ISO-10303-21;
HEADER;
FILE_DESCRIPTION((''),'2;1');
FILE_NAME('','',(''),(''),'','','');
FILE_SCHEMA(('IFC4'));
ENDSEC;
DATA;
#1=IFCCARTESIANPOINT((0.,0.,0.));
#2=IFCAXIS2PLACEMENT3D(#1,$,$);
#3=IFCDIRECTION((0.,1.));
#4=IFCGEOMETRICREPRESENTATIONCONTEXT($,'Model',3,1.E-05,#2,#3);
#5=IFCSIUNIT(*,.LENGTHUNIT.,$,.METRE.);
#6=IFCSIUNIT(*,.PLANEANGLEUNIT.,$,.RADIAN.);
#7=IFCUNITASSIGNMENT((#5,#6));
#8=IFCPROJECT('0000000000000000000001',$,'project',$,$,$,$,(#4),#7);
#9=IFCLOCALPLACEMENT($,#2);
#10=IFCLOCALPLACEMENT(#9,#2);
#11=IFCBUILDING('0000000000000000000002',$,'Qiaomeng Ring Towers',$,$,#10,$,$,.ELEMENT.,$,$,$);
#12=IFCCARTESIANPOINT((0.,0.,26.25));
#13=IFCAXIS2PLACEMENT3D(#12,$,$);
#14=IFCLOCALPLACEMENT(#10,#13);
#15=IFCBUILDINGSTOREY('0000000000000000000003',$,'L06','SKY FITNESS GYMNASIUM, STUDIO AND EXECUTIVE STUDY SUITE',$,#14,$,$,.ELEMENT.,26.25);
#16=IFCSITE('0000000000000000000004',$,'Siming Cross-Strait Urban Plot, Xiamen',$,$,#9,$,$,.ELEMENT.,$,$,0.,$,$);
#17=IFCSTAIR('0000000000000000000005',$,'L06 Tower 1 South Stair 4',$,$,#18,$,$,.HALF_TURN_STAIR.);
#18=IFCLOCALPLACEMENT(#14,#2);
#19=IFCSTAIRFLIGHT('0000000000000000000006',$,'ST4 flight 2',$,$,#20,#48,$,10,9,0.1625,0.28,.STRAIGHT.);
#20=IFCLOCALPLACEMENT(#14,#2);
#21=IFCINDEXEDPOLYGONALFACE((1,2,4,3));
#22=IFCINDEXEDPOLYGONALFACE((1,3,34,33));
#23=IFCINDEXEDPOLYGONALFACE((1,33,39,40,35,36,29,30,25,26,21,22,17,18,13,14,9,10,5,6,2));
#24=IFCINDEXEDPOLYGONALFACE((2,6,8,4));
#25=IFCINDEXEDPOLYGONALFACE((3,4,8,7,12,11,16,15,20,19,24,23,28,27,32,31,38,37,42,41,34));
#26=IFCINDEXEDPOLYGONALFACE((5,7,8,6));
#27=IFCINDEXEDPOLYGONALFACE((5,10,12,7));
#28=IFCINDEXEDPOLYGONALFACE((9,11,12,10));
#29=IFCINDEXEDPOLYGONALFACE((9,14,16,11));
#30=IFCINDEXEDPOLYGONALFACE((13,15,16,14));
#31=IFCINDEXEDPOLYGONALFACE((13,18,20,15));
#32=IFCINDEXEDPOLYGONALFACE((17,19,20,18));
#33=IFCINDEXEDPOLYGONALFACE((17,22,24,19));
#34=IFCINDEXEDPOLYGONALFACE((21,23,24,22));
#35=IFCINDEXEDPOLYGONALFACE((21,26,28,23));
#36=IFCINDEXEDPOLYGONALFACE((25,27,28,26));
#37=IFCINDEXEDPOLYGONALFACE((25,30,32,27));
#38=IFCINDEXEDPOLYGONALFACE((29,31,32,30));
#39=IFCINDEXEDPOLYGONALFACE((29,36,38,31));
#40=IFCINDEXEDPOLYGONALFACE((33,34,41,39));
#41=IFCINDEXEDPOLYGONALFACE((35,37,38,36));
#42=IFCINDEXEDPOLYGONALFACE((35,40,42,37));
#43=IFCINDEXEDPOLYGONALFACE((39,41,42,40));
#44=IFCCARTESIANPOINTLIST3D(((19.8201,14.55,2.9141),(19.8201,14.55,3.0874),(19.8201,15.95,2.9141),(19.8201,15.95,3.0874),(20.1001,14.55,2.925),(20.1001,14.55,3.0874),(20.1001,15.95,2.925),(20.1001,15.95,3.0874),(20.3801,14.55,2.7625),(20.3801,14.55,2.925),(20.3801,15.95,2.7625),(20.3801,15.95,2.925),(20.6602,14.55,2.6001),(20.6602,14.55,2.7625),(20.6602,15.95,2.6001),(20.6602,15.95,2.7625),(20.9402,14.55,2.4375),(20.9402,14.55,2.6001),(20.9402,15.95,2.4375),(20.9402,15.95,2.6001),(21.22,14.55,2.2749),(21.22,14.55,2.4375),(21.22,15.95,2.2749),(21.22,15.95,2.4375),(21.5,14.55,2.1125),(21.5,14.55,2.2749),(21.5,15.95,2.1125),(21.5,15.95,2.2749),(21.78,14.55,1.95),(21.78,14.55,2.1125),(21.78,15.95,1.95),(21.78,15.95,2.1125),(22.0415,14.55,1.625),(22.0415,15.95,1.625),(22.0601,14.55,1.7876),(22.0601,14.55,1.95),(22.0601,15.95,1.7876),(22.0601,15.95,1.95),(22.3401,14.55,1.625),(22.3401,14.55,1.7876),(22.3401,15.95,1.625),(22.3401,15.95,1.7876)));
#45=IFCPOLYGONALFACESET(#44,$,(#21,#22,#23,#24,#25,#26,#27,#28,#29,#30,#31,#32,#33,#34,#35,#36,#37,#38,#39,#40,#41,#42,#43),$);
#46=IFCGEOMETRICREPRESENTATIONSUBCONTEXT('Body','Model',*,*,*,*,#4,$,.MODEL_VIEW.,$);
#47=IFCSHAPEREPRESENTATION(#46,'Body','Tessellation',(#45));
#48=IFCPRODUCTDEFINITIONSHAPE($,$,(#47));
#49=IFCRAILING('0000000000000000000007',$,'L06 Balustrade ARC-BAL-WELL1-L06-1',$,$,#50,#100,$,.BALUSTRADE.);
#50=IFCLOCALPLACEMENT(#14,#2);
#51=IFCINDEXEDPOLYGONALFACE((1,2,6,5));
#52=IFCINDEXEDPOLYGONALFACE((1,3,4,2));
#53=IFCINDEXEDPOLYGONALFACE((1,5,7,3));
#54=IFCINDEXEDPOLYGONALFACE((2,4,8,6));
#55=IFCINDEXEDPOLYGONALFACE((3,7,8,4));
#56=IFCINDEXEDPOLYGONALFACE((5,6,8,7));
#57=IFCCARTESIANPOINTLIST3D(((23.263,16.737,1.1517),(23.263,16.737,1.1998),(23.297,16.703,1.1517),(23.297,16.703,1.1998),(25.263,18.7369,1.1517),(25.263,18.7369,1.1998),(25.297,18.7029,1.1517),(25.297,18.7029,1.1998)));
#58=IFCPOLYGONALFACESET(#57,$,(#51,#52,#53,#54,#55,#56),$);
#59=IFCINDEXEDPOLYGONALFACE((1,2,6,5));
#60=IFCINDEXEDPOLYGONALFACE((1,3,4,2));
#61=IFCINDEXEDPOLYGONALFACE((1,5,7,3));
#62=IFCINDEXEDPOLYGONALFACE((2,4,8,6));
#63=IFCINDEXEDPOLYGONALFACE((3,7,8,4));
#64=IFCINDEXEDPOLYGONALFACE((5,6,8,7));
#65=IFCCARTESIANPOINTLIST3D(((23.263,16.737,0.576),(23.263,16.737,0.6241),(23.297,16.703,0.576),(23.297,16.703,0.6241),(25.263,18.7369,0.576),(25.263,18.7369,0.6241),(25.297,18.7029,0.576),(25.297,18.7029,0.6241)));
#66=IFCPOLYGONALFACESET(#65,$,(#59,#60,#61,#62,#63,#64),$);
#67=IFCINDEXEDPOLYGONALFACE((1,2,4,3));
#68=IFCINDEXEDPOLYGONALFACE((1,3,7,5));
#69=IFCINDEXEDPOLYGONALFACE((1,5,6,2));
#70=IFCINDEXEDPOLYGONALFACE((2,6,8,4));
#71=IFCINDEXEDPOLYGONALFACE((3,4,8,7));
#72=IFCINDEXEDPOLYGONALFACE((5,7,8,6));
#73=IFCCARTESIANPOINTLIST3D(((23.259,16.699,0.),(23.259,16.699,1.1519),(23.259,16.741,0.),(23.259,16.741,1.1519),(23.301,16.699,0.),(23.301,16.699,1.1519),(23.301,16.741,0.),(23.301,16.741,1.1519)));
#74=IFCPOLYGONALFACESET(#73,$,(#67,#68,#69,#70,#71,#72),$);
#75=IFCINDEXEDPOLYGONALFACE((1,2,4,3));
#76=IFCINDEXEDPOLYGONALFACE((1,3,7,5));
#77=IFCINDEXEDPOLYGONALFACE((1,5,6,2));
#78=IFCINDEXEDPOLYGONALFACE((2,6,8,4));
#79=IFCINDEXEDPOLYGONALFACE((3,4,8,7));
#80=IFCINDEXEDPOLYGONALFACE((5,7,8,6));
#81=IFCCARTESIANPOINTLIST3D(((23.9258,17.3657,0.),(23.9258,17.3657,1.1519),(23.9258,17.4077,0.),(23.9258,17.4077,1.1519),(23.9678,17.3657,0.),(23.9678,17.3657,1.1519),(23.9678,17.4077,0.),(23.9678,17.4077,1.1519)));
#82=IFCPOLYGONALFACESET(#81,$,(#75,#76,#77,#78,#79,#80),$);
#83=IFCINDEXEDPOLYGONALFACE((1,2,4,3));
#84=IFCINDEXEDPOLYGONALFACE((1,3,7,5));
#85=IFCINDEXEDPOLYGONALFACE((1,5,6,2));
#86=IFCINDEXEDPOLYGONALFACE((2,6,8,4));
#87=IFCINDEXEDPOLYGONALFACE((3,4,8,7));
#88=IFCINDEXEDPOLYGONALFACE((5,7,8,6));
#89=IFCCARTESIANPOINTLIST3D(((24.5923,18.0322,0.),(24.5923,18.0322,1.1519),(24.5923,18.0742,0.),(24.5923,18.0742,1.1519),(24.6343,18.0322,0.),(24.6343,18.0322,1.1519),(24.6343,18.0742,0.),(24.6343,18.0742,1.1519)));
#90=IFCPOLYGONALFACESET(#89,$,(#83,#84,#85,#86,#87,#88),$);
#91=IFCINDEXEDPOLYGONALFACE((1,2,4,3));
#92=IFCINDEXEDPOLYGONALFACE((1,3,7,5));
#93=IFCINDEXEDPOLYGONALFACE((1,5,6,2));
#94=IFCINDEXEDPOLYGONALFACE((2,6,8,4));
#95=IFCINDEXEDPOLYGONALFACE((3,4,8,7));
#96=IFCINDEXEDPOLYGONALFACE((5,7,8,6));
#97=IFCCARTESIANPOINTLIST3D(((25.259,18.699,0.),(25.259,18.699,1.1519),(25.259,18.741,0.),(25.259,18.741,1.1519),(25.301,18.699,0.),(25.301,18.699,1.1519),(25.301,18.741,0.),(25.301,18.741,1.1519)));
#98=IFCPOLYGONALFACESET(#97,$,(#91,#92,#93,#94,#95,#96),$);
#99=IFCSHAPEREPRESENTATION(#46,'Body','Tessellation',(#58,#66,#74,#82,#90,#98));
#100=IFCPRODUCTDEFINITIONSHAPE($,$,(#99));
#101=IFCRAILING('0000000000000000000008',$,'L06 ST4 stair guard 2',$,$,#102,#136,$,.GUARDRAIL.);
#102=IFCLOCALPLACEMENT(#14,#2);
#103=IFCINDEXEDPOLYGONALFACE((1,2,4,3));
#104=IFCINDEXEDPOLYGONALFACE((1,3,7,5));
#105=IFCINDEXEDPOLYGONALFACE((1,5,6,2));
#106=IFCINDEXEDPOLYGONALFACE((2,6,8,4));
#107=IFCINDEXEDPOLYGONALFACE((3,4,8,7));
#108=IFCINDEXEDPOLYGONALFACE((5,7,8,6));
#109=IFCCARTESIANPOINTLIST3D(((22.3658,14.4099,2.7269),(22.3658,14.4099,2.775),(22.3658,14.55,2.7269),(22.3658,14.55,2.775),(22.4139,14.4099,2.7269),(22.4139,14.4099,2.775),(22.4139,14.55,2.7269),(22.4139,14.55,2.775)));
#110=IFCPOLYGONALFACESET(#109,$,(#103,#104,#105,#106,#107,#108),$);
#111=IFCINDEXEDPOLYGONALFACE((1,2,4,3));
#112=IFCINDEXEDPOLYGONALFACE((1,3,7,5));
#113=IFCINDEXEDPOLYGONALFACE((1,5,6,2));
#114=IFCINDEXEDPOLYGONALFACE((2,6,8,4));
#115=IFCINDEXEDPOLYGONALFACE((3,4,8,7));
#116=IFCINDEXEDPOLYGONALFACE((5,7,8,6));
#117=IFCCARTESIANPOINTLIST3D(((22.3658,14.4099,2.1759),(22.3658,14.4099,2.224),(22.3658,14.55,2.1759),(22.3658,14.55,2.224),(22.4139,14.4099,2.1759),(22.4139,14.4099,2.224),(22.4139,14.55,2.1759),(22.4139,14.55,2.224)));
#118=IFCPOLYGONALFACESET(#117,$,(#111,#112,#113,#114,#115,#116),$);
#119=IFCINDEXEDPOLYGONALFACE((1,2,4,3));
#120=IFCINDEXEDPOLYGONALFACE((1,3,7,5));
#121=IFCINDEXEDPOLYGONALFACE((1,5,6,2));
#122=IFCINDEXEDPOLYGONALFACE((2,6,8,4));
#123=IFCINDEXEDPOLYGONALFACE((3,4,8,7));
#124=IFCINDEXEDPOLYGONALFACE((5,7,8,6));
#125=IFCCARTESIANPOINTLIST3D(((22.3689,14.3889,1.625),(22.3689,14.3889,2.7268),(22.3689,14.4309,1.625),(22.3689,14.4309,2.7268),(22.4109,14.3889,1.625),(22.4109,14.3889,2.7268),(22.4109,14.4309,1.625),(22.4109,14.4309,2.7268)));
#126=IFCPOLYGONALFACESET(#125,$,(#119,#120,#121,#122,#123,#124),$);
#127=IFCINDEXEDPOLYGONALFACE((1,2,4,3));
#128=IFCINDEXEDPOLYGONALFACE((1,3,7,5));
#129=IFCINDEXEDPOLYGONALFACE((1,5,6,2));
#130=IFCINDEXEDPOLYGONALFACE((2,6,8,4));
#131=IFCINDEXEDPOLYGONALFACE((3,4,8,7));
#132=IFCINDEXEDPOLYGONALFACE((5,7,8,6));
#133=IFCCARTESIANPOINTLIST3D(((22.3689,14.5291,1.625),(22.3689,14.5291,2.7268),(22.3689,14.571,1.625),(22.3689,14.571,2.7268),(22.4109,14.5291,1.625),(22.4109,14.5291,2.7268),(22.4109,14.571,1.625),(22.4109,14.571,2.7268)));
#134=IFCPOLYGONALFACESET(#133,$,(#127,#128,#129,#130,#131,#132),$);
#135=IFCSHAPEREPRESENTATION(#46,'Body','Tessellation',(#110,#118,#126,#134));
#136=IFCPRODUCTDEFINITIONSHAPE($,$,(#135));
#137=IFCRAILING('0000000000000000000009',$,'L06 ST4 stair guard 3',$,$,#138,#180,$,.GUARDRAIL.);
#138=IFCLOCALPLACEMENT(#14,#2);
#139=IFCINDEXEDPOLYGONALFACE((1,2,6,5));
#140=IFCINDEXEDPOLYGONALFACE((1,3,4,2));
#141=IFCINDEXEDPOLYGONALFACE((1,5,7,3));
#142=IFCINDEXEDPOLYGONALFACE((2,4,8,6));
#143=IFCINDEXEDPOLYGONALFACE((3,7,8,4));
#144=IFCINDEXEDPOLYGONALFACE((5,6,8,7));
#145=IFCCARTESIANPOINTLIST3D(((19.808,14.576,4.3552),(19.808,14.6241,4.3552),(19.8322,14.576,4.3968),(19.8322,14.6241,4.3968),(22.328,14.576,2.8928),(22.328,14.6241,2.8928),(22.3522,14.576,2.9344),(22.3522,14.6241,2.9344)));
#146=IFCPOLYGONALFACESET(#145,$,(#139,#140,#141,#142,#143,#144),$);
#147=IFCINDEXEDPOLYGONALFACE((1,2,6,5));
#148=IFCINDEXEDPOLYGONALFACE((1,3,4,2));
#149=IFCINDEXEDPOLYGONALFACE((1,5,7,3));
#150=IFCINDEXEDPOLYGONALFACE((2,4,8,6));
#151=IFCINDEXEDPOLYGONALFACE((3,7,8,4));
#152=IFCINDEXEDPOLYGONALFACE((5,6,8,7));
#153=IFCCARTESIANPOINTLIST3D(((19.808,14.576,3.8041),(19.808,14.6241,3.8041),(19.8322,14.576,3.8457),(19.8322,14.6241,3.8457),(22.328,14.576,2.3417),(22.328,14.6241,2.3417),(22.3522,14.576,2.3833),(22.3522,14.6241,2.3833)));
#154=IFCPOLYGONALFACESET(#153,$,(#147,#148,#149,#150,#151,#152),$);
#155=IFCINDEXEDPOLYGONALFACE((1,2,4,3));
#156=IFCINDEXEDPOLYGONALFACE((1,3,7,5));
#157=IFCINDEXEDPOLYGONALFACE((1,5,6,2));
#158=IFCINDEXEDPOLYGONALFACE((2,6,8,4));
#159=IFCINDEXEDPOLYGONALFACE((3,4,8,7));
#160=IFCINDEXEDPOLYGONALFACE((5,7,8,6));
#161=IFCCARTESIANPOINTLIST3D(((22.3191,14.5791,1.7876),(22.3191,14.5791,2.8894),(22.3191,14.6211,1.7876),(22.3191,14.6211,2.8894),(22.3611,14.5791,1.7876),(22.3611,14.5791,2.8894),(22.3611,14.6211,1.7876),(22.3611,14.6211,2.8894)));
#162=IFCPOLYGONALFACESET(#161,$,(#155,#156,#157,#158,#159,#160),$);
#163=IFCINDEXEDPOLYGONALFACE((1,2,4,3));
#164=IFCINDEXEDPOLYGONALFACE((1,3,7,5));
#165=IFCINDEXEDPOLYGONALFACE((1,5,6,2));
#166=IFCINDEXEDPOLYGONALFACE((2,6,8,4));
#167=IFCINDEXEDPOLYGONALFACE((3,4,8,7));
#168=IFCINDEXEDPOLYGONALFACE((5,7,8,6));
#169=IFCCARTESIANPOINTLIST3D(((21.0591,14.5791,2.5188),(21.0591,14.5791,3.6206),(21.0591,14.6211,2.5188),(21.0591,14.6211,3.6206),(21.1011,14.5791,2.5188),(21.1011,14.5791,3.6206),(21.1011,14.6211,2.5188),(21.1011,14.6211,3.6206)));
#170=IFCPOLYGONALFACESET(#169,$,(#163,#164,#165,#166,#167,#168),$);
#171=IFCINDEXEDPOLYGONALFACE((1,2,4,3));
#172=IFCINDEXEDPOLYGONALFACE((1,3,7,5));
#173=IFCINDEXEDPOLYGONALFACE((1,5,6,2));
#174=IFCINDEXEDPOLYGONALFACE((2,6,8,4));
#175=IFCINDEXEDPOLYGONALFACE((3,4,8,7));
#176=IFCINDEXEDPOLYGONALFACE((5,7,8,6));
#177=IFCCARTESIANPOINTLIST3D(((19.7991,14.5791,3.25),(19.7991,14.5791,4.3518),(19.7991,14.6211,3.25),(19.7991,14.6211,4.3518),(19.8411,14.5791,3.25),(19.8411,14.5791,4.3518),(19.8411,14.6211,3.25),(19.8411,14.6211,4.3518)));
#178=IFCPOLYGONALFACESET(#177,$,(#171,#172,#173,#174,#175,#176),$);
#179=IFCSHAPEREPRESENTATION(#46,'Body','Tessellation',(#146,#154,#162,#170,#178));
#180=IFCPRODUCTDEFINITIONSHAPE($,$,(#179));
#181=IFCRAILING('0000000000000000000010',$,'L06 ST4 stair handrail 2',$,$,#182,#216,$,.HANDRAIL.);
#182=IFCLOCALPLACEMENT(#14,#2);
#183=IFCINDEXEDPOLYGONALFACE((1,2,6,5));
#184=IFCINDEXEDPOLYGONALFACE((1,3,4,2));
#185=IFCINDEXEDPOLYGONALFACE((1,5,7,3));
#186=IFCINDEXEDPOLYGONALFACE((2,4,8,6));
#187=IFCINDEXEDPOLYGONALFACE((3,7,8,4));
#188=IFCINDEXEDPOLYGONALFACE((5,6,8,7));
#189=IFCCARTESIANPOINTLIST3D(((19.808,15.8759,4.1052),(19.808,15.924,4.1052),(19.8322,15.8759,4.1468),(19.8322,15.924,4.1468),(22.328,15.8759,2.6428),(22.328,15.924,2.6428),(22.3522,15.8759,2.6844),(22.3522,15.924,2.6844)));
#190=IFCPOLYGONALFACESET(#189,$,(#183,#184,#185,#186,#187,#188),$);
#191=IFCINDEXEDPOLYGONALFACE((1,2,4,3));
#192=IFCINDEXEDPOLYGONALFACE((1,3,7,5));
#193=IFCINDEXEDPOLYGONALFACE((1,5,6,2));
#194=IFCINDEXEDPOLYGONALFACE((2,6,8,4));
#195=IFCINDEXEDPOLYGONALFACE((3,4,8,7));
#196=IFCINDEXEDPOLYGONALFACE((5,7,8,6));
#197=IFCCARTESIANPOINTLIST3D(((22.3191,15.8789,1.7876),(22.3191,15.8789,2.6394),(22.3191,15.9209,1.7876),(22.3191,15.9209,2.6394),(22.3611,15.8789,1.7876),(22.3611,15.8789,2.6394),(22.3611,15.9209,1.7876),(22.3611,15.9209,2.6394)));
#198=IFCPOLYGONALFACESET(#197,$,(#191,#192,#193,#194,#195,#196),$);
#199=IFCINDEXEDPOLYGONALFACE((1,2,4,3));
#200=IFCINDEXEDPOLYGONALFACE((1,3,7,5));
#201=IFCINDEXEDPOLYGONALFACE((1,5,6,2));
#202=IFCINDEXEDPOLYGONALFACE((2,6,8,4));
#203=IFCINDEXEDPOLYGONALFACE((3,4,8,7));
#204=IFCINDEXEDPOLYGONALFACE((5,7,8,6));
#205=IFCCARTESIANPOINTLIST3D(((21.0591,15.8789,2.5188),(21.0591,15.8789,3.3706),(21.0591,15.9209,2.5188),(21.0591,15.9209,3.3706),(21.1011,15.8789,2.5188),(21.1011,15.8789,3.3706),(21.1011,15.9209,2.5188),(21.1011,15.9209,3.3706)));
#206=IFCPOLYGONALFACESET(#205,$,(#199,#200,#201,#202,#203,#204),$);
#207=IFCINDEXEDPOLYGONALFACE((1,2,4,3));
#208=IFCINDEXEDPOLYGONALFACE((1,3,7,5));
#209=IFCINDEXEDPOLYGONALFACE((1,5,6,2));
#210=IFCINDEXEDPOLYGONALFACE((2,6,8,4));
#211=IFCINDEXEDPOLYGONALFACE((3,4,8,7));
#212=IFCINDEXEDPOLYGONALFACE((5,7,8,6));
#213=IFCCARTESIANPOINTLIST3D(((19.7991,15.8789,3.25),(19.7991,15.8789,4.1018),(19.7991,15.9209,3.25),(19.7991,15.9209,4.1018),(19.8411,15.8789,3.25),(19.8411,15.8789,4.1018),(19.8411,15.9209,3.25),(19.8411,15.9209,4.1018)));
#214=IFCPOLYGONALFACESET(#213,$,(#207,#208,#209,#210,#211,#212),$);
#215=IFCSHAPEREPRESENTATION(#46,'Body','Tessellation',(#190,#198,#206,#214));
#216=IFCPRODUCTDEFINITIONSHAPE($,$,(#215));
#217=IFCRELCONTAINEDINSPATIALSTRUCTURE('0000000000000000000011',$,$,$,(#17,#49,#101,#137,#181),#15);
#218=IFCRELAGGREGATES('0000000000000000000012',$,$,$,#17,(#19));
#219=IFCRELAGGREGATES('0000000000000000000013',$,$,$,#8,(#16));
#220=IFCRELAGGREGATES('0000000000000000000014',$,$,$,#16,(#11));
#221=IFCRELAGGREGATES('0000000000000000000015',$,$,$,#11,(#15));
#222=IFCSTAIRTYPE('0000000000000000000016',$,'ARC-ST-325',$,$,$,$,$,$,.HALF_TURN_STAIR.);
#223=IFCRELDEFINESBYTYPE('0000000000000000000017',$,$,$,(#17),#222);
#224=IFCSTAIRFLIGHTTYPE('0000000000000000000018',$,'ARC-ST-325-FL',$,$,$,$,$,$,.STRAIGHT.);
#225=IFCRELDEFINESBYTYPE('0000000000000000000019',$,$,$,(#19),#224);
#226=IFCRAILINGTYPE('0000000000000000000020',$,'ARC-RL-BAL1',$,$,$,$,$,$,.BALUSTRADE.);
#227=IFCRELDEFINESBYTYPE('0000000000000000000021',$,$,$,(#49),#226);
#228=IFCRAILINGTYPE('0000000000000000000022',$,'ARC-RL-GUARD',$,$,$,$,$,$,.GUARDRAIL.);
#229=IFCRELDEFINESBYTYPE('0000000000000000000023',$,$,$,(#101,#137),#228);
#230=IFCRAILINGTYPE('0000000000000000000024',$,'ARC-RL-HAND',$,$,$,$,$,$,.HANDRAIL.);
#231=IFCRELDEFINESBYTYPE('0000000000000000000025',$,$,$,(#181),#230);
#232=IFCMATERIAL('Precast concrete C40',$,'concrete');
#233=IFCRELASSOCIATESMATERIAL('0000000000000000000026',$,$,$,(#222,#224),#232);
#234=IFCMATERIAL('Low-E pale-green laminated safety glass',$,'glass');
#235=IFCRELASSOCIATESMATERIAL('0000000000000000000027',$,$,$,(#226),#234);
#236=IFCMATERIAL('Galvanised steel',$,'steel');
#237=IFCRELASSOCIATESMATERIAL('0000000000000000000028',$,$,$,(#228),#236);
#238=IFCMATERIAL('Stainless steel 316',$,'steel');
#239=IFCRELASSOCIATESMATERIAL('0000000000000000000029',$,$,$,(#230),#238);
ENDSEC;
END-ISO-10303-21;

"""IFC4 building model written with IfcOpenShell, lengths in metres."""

from ifc_helpers import new_model, si_unit, direction, frame, origin, origin_2d, place, context, subcontext, project, spatial, polyline, rectangle, outline, extrude, source, transform, mapped, material, type_object, element, aggregate, save


model = new_model("IFC4")

# Units and contexts
model_context = context("Model", 3, precision=1e-05, world=origin(), true_north=direction((0.0, 1.0)))
body_context = subcontext(model_context, "Body", "Model", "MODEL_VIEW")
ifc_project = project(units=[si_unit("LENGTHUNIT", "METRE"), si_unit("PLANEANGLEUNIT", "RADIAN")], contexts=[model_context])

# Site, building, storey
site_placement = place(None, origin())
site = spatial("IfcSite", under=ifc_project, at=site_placement, Name="Siming Cross-Strait Urban Plot, Xiamen", CompositionType="ELEMENT", RefElevation=0.0)
building_placement = place(site_placement, origin())
building = spatial("IfcBuilding", under=site, at=building_placement, Name="Qiaomeng Ring Towers", CompositionType="ELEMENT")
storey_placement = place(building_placement, frame((0.0, 0.0, 26.25)))
storey = spatial("IfcBuildingStorey", under=building, at=storey_placement, Name="L06", Description="SKY FITNESS GYMNASIUM, STUDIO AND EXECUTIVE STUDY SUITE", CompositionType="ELEMENT", Elevation=26.25)

# Shared definitions
ifc_material_1 = material(Name="Galvanised steel", Category="steel")

# Shared definitions
ifc_material_2 = material(Name="Stainless steel 316", Category="steel")

# Stair, stair flight
ifc_material_3 = material(Name="Precast concrete C40", Category="concrete")
stair_type = type_object("IfcStairType", Name="ARC-ST-325", PredefinedType="HALF_TURN_STAIR", material=ifc_material_3)
stair_placement = place(storey_placement, origin())
stair = element("IfcStair", 1, at=stair_placement, inside=storey, type_object=stair_type, Name="L06 Tower 1 South Stair 4", PredefinedType="HALF_TURN_STAIR")
stair_flight_type = type_object("IfcStairFlightType", Name="ARC-ST-325-FL", PredefinedType="STRAIGHT", material=ifc_material_3)
shared_shape_1 = source(origin(), body_context, "Body", "SweptSolid", [
    extrude(outline(polyline([(0.0, 0.0), (0.0, 0.1626), (0.28, 0.1626), (0.28, 0.325), (0.5601, 0.325), (0.5601, 0.4875), (0.8401, 0.4875), (0.8401, 0.6499), (1.1201, 0.6499), (1.1201, 0.8125), (1.3999, 0.8125), (1.3999, 0.9751), (1.6799, 0.9751), (1.6799, 1.1375), (1.96, 1.1375), (1.96, 1.3), (2.24, 1.3), (2.24, 1.4624), (2.52, 1.4624), (2.52, 1.625), (2.52, 1.2891), (0.2986, 0.0), (0.0, 0.0)])), frame((0.0, 0.7, 0.0), z_axis=(0.0, -1.0, 0.0), x_axis=(1.0, 0.0, 0.0)), (0.0, 0.0, 1.0), 1.3999),
])
stair_flight_placement = place(storey_placement, frame((22.3401, 15.25, 1.625), z_axis=(0.0, 0.0, 1.0), x_axis=(-1.0, 0.0, 0.0)))
stair_flight = element("IfcStairFlight", 2, at=stair_flight_placement, type_object=stair_flight_type, Name="ST4 flight 2", NumberOfRisers=10, NumberOfTreads=9, PredefinedType="STRAIGHT", RiserHeight=0.1625, TreadLength=0.28, context=body_context, shape_type="MappedRepresentation", body=[
    mapped(shared_shape_1, transform((0.0, 0.0, 0.0), x_axis=(1.0, 0.0, 0.0), y_axis=(0.0, 1.0, 0.0), z_axis=(0.0, 0.0, 1.0), scale=1.0)),
])
aggregate(stair, [stair_flight])

# Railings
ifc_material_4 = material(Name="Low-E pale-green laminated safety glass", Category="glass")
railing_type_1 = type_object("IfcRailingType", Name="ARC-RL-BAL1", PredefinedType="BALUSTRADE", material=ifc_material_4)
railing_1_placement = place(storey_placement, frame((23.28, 16.72, 0.0)))
element("IfcRailing", 3, at=railing_1_placement, inside=storey, type_object=railing_type_1, Name="L06 Balustrade ARC-BAL-WELL1-L06-1", PredefinedType="BALUSTRADE", context=body_context, shape_type="SweptSolid", body=[
    extrude(rectangle(XDim=0.0481, YDim=0.0481, at=origin_2d()), frame((0.0, 0.0, 1.1758), z_axis=(0.707107, 0.707107, 0.0), x_axis=(-0.707107, 0.707107, 0.0)), (0.0, 0.0, 1.0), 2.8284),
    extrude(rectangle(XDim=0.0481, YDim=0.0481, at=origin_2d()), frame((0.0, 0.0, 0.6001), z_axis=(0.707107, 0.707107, 0.0), x_axis=(-0.707107, 0.707107, 0.0)), (0.0, 0.0, 1.0), 2.8284),
    extrude(rectangle(XDim=0.042, YDim=0.042, at=origin_2d()), origin(), (0.0, 0.0, 1.0), 1.1519),
    extrude(rectangle(XDim=0.042, YDim=0.042, at=origin_2d()), frame((0.6667, 0.6667, 0.0)), (0.0, 0.0, 1.0), 1.1519),
    extrude(rectangle(XDim=0.042, YDim=0.042, at=origin_2d()), frame((1.3333, 1.3333, 0.0)), (0.0, 0.0, 1.0), 1.1519),
    extrude(rectangle(XDim=0.042, YDim=0.042, at=origin_2d()), frame((2.0, 2.0, 0.0)), (0.0, 0.0, 1.0), 1.1519),
])
railing_type_2 = type_object("IfcRailingType", Name="ARC-RL-GUARD", PredefinedType="GUARDRAIL", material=ifc_material_1)
railing_2_placement = place(storey_placement, frame((22.3899, 14.4099, 1.625)))
element("IfcRailing", 4, at=railing_2_placement, inside=storey, type_object=railing_type_2, Name="L06 ST4 stair guard 2", PredefinedType="GUARDRAIL", context=body_context, shape_type="SweptSolid", body=[
    extrude(rectangle(XDim=0.0481, YDim=0.0481, at=origin_2d()), frame((0.0, 0.0, 1.126), z_axis=(0.0, 1.0, 0.0), x_axis=(-1.0, 0.0, 0.0)), (0.0, 0.0, 1.0), 0.1401),
    extrude(rectangle(XDim=0.0481, YDim=0.0481, at=origin_2d()), frame((0.0, 0.0, 0.575), z_axis=(0.0, 1.0, 0.0), x_axis=(-1.0, 0.0, 0.0)), (0.0, 0.0, 1.0), 0.1401),
    extrude(rectangle(XDim=0.042, YDim=0.042, at=origin_2d()), origin(), (0.0, 0.0, 1.0), 1.1018),
    extrude(rectangle(XDim=0.042, YDim=0.042, at=origin_2d()), frame((0.0, 0.1401, 0.0)), (0.0, 0.0, 1.0), 1.1018),
])
railing_3_placement = place(storey_placement, frame((22.3401, 14.6001, 1.7876)))
element("IfcRailing", 5, at=railing_3_placement, inside=storey, type_object=railing_type_2, Name="L06 ST4 stair guard 3", PredefinedType="GUARDRAIL", context=body_context, shape_type="SweptSolid", body=[
    extrude(rectangle(XDim=0.0481, YDim=0.0481, at=origin_2d()), frame((0.0, 0.0, 1.126), z_axis=(-0.864913, 0.0, 0.501921), x_axis=(0.0, -1.0, 0.0)), (0.0, 0.0, 1.0), 2.9136),
    extrude(rectangle(XDim=0.0481, YDim=0.0481, at=origin_2d()), frame((0.0, 0.0, 0.575), z_axis=(-0.864913, 0.0, 0.501921), x_axis=(0.0, -1.0, 0.0)), (0.0, 0.0, 1.0), 2.9136),
    extrude(rectangle(XDim=0.042, YDim=0.042, at=origin_2d()), origin(), (0.0, 0.0, 1.0), 1.1018),
    extrude(rectangle(XDim=0.042, YDim=0.042, at=origin_2d()), frame((-1.26, 0.0, 0.7312)), (0.0, 0.0, 1.0), 1.1018),
    extrude(rectangle(XDim=0.042, YDim=0.042, at=origin_2d()), frame((-2.52, 0.0, 1.4624)), (0.0, 0.0, 1.0), 1.1018),
])
railing_type_3 = type_object("IfcRailingType", Name="ARC-RL-HAND", PredefinedType="HANDRAIL", material=ifc_material_2)
railing_4_placement = place(storey_placement, frame((22.3401, 15.8999, 1.7876)))
element("IfcRailing", 6, at=railing_4_placement, inside=storey, type_object=railing_type_3, Name="L06 ST4 stair handrail 2", PredefinedType="HANDRAIL", context=body_context, shape_type="SweptSolid", body=[
    extrude(rectangle(XDim=0.0481, YDim=0.0481, at=origin_2d()), frame((0.0, 0.0, 0.876), z_axis=(-0.864913, 0.0, 0.501921), x_axis=(0.0, -1.0, 0.0)), (0.0, 0.0, 1.0), 2.9136),
    extrude(rectangle(XDim=0.042, YDim=0.042, at=origin_2d()), origin(), (0.0, 0.0, 1.0), 0.8518),
    extrude(rectangle(XDim=0.042, YDim=0.042, at=origin_2d()), frame((-1.26, 0.0, 0.7312)), (0.0, 0.0, 1.0), 0.8518),
    extrude(rectangle(XDim=0.042, YDim=0.042, at=origin_2d()), frame((-2.52, 0.0, 1.4624)), (0.0, 0.0, 1.0), 0.8518),
])

save(model, "model.ifc")
